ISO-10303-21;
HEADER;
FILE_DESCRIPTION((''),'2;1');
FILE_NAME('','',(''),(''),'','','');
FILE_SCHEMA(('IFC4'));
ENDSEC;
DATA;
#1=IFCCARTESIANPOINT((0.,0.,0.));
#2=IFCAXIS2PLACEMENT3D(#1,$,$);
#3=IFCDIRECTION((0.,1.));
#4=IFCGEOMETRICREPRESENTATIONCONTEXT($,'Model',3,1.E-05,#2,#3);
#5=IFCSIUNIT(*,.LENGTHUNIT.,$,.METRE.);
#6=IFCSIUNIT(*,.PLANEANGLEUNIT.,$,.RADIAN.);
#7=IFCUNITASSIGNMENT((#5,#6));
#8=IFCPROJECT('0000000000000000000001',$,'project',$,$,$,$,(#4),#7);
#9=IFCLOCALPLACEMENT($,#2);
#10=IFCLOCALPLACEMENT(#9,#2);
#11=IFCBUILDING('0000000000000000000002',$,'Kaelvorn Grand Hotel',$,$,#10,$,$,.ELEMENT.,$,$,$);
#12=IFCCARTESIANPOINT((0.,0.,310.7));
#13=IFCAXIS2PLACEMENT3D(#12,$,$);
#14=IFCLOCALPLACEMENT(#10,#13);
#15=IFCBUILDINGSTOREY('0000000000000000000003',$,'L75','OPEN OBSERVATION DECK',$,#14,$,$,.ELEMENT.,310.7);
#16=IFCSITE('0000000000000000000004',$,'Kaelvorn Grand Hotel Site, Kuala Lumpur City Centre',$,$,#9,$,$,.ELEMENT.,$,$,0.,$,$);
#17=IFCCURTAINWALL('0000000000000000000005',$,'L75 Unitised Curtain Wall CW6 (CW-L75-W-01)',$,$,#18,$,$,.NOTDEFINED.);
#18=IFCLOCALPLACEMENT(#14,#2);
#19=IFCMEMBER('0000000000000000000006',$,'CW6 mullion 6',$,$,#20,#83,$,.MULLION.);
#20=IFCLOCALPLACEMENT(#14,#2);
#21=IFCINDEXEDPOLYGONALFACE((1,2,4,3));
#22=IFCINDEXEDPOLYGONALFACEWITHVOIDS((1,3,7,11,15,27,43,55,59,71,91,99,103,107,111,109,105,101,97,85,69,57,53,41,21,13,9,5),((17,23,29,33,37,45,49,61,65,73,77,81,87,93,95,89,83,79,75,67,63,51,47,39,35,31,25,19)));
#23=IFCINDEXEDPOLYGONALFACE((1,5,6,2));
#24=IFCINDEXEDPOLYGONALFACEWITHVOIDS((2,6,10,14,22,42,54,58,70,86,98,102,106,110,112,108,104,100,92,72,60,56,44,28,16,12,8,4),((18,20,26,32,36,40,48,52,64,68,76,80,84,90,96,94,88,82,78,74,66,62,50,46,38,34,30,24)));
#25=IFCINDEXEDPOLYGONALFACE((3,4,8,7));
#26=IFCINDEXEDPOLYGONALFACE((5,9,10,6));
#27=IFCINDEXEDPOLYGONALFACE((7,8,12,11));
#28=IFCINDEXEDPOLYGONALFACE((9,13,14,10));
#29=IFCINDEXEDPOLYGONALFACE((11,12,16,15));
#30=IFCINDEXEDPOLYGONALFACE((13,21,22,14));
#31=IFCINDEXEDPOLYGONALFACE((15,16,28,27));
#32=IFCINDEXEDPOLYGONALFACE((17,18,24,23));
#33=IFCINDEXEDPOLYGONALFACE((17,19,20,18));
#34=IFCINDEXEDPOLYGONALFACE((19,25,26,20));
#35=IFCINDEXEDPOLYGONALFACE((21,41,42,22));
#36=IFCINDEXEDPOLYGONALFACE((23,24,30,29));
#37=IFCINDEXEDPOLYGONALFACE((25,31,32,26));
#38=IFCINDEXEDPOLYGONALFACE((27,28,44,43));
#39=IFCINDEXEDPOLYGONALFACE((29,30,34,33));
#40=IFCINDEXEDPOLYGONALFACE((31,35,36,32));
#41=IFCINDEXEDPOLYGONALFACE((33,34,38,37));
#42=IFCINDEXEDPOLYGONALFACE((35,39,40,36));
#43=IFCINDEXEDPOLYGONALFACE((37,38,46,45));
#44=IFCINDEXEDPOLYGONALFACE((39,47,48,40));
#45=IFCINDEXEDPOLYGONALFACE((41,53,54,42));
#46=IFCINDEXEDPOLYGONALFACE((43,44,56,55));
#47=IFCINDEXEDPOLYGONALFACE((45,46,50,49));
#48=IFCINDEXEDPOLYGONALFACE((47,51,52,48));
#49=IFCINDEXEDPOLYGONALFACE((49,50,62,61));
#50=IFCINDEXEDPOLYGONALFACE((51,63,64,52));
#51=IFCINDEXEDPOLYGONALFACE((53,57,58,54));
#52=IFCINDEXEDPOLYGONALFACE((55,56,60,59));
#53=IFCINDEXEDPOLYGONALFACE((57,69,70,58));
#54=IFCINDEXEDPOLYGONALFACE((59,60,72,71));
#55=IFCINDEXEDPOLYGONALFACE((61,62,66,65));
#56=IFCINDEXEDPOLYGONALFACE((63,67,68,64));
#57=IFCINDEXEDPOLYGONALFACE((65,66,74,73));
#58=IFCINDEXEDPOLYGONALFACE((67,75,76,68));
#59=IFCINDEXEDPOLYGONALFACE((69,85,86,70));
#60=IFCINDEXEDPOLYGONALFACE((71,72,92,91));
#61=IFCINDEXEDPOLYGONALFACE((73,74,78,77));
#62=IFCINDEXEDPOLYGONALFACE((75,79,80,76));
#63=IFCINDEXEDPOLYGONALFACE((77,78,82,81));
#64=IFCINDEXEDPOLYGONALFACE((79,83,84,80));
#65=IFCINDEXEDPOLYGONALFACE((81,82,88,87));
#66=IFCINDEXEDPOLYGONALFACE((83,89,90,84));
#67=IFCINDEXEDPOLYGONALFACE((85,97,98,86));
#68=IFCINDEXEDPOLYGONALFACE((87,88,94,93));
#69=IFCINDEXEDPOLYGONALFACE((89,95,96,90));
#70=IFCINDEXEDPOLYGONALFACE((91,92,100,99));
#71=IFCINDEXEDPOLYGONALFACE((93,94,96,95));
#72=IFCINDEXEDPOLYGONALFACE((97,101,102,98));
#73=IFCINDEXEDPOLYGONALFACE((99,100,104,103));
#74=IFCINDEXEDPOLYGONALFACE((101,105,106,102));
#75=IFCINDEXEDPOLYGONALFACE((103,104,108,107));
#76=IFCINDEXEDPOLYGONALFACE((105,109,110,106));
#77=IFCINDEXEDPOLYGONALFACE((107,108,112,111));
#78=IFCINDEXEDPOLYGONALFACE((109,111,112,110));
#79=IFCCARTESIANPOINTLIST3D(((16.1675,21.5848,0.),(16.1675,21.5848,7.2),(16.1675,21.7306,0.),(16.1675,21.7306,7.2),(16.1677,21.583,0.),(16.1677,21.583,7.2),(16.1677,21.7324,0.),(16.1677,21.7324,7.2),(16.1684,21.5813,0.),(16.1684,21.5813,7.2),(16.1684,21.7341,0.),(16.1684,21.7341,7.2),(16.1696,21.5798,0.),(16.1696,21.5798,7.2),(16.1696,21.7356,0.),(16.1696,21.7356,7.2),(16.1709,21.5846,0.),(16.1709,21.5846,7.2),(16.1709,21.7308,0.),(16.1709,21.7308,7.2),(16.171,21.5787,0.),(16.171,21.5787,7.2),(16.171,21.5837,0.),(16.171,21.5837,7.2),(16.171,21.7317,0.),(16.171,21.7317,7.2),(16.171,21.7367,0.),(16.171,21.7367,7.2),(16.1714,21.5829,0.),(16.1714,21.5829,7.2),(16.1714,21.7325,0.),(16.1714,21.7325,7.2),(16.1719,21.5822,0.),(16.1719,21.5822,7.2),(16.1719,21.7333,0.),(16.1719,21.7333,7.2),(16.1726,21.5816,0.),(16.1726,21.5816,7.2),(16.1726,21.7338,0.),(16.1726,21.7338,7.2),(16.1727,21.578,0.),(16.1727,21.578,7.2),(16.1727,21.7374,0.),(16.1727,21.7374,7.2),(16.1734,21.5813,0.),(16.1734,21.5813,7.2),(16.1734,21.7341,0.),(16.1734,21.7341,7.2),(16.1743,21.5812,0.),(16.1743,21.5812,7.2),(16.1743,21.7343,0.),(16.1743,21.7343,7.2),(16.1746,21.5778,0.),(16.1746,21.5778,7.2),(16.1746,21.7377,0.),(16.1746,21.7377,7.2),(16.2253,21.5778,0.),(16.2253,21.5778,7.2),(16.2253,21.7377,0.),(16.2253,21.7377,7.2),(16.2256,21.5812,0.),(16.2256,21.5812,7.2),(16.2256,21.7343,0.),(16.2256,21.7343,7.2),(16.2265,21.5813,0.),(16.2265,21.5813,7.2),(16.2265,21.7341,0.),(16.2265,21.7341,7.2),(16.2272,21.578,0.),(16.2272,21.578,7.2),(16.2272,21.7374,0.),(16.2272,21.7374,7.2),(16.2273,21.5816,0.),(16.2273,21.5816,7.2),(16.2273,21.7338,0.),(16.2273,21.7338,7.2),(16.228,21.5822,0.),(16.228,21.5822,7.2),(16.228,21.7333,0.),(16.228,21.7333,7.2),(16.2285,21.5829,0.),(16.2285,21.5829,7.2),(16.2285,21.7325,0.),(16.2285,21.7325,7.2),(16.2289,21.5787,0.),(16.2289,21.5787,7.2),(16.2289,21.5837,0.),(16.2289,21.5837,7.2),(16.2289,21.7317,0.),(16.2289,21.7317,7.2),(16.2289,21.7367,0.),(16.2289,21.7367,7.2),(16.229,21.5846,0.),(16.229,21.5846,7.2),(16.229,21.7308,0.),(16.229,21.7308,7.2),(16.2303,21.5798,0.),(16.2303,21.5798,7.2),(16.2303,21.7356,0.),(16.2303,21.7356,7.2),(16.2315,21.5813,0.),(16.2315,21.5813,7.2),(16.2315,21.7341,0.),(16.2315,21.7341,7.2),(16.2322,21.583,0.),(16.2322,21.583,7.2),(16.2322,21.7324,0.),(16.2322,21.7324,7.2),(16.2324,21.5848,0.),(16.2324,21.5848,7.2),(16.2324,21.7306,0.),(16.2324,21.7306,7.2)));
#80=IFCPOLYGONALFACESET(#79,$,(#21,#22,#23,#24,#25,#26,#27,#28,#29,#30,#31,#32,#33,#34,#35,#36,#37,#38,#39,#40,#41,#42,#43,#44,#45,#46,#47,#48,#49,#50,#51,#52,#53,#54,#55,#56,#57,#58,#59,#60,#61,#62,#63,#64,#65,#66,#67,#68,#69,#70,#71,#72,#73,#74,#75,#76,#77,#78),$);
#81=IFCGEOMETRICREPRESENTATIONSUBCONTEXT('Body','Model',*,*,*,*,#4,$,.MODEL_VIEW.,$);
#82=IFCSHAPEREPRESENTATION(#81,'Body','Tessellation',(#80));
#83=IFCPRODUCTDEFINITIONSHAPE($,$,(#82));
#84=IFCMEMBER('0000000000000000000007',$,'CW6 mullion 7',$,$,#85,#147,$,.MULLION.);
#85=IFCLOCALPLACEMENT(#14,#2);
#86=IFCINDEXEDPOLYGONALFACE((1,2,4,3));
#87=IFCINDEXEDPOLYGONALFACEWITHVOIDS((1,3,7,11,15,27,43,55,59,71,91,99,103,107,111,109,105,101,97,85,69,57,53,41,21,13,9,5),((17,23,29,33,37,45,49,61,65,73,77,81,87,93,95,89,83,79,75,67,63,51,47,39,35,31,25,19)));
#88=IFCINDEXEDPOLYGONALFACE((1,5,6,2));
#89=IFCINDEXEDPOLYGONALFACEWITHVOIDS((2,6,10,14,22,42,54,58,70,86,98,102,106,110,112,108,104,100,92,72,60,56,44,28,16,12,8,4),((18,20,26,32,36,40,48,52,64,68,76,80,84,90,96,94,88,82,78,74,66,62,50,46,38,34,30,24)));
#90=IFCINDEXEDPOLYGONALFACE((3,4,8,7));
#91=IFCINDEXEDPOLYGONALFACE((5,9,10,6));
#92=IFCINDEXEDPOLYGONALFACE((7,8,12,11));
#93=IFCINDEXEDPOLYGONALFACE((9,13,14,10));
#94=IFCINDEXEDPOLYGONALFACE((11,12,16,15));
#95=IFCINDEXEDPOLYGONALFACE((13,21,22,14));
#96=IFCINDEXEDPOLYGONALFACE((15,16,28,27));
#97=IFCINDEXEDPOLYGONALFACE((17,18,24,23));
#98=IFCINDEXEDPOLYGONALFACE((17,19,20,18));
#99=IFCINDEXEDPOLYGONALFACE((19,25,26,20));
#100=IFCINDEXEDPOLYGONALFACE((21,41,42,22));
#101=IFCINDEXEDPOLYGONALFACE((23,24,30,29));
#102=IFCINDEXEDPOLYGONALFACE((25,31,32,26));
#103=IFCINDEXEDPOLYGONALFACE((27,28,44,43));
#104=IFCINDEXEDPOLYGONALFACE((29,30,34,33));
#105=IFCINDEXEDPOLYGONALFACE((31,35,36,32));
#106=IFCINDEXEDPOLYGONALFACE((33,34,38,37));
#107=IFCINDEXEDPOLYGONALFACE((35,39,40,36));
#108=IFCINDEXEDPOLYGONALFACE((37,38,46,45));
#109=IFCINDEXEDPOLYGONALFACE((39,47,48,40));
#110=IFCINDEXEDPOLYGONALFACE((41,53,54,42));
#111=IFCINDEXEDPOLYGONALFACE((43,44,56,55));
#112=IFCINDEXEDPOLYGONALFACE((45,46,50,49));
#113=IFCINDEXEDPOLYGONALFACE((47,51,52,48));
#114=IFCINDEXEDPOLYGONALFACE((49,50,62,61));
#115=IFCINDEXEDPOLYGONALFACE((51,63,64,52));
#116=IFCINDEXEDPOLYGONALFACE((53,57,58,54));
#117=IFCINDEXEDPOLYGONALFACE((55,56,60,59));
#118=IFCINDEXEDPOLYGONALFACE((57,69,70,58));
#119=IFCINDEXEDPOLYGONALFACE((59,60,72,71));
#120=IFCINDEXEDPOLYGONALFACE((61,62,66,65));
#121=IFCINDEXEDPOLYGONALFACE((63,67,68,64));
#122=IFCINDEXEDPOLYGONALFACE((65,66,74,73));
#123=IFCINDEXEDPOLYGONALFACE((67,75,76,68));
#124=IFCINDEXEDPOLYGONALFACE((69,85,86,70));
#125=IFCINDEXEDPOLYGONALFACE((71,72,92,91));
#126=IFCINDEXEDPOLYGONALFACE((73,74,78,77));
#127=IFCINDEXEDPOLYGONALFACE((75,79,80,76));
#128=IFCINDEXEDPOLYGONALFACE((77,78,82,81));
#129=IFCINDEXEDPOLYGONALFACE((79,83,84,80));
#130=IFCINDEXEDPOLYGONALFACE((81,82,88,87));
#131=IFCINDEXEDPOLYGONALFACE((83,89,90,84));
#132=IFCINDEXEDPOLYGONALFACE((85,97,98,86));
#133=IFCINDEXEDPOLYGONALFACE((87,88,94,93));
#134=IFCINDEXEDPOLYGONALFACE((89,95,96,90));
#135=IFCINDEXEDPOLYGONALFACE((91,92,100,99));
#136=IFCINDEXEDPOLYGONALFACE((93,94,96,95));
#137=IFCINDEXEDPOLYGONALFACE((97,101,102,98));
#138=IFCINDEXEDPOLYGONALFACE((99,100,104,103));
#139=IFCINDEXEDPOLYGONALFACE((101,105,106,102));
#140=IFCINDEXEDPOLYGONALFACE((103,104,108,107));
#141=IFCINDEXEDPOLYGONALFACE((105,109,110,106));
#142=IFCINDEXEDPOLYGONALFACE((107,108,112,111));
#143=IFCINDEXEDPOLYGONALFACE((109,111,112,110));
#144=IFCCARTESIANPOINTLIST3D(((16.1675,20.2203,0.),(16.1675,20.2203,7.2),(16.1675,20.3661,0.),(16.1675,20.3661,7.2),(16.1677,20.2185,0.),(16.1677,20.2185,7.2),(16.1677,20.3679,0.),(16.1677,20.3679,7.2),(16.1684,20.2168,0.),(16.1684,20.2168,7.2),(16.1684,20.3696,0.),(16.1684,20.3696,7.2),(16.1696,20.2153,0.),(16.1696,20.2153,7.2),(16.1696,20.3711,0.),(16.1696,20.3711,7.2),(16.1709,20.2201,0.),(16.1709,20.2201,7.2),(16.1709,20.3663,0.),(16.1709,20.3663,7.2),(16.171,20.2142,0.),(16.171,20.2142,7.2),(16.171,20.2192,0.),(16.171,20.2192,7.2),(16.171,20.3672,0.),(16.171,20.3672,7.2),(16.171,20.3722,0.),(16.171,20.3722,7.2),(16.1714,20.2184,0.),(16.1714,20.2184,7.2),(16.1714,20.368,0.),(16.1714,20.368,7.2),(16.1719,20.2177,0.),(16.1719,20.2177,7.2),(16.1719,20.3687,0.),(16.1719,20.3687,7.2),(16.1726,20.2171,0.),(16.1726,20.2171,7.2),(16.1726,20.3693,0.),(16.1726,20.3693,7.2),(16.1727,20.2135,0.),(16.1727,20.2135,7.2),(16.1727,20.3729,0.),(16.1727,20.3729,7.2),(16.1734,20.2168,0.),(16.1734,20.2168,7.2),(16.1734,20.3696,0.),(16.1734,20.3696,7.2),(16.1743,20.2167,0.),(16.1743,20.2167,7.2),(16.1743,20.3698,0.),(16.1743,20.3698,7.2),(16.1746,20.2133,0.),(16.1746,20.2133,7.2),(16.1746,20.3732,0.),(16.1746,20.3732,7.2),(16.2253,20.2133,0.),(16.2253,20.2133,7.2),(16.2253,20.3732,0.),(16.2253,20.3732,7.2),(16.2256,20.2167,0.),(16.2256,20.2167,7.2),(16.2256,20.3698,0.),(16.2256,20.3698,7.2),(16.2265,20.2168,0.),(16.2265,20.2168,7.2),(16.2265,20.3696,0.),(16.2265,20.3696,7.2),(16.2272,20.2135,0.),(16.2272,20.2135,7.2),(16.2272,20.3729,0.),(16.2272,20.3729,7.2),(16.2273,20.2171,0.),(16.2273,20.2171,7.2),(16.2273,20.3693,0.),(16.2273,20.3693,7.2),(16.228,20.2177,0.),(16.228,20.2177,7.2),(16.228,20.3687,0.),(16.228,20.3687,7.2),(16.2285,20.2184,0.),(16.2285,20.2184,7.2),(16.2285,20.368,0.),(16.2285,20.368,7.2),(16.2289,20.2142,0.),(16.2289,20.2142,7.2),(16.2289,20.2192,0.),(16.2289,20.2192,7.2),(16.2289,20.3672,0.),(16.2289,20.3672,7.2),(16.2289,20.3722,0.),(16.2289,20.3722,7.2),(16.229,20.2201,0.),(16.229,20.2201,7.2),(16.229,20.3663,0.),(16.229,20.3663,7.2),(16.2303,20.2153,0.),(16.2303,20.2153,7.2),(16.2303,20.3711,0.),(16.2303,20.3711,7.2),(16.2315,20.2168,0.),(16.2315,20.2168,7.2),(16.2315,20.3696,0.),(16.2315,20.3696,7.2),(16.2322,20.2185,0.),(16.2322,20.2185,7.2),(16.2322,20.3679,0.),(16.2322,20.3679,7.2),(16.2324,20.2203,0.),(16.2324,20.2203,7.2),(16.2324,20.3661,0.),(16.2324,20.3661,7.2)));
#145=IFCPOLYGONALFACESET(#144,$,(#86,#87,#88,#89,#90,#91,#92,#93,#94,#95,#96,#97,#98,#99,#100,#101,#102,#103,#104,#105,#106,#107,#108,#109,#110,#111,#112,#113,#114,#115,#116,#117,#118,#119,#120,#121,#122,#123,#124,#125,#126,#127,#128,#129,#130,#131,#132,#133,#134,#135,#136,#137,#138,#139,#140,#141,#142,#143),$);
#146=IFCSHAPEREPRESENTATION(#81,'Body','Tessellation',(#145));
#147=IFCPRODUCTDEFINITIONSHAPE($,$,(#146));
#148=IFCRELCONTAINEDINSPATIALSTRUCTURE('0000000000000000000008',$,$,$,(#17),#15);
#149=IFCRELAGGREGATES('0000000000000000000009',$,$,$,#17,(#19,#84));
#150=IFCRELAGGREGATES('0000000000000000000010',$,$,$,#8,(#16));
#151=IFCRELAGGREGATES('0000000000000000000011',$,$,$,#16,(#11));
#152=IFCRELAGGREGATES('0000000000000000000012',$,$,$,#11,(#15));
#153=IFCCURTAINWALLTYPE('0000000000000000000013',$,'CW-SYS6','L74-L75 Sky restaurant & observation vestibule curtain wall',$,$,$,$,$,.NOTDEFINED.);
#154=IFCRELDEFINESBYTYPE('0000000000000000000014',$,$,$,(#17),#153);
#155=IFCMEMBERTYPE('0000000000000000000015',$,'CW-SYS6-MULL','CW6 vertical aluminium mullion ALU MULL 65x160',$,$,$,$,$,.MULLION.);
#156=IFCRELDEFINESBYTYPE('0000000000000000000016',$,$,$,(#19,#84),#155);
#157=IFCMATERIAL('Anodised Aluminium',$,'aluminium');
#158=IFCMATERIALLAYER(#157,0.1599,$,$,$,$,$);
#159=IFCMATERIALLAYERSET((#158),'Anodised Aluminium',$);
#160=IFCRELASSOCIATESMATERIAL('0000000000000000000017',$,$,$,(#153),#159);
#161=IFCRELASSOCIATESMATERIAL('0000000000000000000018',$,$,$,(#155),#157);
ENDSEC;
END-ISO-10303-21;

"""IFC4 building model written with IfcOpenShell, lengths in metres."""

from ifc_helpers import new_model, si_unit, direction, frame, origin, origin_2d, place, context, subcontext, project, spatial, hollow_rectangle, extrude, material, layer, layer_set, material_profile, profile_set, type_object, element, aggregate, save


model = new_model("IFC4")

# Units and contexts
model_context = context("Model", 3, precision=1e-05, world=origin(), true_north=direction((0.0, 1.0)))
body_context = subcontext(model_context, "Body", "Model", "MODEL_VIEW")
ifc_project = project(units=[si_unit("LENGTHUNIT", "METRE"), si_unit("PLANEANGLEUNIT", "RADIAN")], contexts=[model_context])

# Site, building, storey
site_placement = place(None, origin())
site = spatial("IfcSite", under=ifc_project, at=site_placement, Name="Kaelvorn Grand Hotel Site, Kuala Lumpur City Centre", CompositionType="ELEMENT", RefElevation=0.0)
building_placement = place(site_placement, origin())
building = spatial("IfcBuilding", under=site, at=building_placement, Name="Kaelvorn Grand Hotel", CompositionType="ELEMENT")
storey_placement = place(building_placement, frame((0.0, 0.0, 310.7)))
storey = spatial("IfcBuildingStorey", under=building, at=storey_placement, Name="L75", Description="OPEN OBSERVATION DECK", CompositionType="ELEMENT", Elevation=310.7)

# Curtain wall, members
ifc_material_1 = material(Name="Anodised Aluminium", Category="aluminium")
ifc_layer_1 = layer(ifc_material_1, 0.1599)
ifc_layer_set_1 = layer_set([ifc_layer_1], Name="Anodised Aluminium")
curtain_wall_type = type_object("IfcCurtainWallType", Name="CW-SYS6", Description="L74-L75 Sky restaurant & observation vestibule curtain wall", PredefinedType="NOTDEFINED", material=ifc_layer_set_1)
curtain_wall_placement = place(storey_placement, origin())
curtain_wall = element("IfcCurtainWall", 1, at=curtain_wall_placement, inside=storey, type_object=curtain_wall_type, Name="L75 Unitised Curtain Wall CW6 (CW-L75-W-01)", PredefinedType="NOTDEFINED")
ifc_material_profile_1 = material_profile(ifc_material_1, hollow_rectangle(XDim=0.0649, YDim=0.1599, WallThickness=0.0034, InnerFilletRadius=0.0034, OuterFilletRadius=0.0071, at=origin_2d()), Name="ALU MULL 65x160")
ifc_profile_set_1 = profile_set([ifc_material_profile_1], Name="Anodised Aluminium")
member_type_1 = type_object("IfcMemberType", Name="CW-SYS6-MULL", Description="CW6 vertical aluminium mullion ALU MULL 65x160", PredefinedType="MULLION", material=ifc_profile_set_1)
member_1_placement = place(storey_placement, frame((16.2, 21.6577, 0.0), z_axis=(0.0, 0.0, 1.0), x_axis=(1.0, 0.0, 0.0)))
member_1 = element("IfcMember", 2, at=member_1_placement, type_object=member_type_1, Name="CW6 mullion 6", PredefinedType="MULLION", context=body_context, shape_type="SweptSolid", body=[
    extrude(hollow_rectangle(XDim=0.0649, YDim=0.1599, WallThickness=0.0034, InnerFilletRadius=0.0034, OuterFilletRadius=0.0071, at=origin_2d()), origin(), (0.0, 0.0, 1.0), 7.2),
])
member_2_placement = place(storey_placement, frame((16.2, 20.2932, 0.0), z_axis=(0.0, 0.0, 1.0), x_axis=(1.0, 0.0, 0.0)))
member_2 = element("IfcMember", 3, at=member_2_placement, type_object=member_type_1, Name="CW6 mullion 7", PredefinedType="MULLION", context=body_context, shape_type="SweptSolid", body=[
    extrude(hollow_rectangle(XDim=0.0649, YDim=0.1599, WallThickness=0.0034, InnerFilletRadius=0.0034, OuterFilletRadius=0.0071, at=origin_2d()), origin(), (0.0, 0.0, 1.0), 7.2),
])
aggregate(curtain_wall, [member_1, member_2])

save(model, "model.ifc")
